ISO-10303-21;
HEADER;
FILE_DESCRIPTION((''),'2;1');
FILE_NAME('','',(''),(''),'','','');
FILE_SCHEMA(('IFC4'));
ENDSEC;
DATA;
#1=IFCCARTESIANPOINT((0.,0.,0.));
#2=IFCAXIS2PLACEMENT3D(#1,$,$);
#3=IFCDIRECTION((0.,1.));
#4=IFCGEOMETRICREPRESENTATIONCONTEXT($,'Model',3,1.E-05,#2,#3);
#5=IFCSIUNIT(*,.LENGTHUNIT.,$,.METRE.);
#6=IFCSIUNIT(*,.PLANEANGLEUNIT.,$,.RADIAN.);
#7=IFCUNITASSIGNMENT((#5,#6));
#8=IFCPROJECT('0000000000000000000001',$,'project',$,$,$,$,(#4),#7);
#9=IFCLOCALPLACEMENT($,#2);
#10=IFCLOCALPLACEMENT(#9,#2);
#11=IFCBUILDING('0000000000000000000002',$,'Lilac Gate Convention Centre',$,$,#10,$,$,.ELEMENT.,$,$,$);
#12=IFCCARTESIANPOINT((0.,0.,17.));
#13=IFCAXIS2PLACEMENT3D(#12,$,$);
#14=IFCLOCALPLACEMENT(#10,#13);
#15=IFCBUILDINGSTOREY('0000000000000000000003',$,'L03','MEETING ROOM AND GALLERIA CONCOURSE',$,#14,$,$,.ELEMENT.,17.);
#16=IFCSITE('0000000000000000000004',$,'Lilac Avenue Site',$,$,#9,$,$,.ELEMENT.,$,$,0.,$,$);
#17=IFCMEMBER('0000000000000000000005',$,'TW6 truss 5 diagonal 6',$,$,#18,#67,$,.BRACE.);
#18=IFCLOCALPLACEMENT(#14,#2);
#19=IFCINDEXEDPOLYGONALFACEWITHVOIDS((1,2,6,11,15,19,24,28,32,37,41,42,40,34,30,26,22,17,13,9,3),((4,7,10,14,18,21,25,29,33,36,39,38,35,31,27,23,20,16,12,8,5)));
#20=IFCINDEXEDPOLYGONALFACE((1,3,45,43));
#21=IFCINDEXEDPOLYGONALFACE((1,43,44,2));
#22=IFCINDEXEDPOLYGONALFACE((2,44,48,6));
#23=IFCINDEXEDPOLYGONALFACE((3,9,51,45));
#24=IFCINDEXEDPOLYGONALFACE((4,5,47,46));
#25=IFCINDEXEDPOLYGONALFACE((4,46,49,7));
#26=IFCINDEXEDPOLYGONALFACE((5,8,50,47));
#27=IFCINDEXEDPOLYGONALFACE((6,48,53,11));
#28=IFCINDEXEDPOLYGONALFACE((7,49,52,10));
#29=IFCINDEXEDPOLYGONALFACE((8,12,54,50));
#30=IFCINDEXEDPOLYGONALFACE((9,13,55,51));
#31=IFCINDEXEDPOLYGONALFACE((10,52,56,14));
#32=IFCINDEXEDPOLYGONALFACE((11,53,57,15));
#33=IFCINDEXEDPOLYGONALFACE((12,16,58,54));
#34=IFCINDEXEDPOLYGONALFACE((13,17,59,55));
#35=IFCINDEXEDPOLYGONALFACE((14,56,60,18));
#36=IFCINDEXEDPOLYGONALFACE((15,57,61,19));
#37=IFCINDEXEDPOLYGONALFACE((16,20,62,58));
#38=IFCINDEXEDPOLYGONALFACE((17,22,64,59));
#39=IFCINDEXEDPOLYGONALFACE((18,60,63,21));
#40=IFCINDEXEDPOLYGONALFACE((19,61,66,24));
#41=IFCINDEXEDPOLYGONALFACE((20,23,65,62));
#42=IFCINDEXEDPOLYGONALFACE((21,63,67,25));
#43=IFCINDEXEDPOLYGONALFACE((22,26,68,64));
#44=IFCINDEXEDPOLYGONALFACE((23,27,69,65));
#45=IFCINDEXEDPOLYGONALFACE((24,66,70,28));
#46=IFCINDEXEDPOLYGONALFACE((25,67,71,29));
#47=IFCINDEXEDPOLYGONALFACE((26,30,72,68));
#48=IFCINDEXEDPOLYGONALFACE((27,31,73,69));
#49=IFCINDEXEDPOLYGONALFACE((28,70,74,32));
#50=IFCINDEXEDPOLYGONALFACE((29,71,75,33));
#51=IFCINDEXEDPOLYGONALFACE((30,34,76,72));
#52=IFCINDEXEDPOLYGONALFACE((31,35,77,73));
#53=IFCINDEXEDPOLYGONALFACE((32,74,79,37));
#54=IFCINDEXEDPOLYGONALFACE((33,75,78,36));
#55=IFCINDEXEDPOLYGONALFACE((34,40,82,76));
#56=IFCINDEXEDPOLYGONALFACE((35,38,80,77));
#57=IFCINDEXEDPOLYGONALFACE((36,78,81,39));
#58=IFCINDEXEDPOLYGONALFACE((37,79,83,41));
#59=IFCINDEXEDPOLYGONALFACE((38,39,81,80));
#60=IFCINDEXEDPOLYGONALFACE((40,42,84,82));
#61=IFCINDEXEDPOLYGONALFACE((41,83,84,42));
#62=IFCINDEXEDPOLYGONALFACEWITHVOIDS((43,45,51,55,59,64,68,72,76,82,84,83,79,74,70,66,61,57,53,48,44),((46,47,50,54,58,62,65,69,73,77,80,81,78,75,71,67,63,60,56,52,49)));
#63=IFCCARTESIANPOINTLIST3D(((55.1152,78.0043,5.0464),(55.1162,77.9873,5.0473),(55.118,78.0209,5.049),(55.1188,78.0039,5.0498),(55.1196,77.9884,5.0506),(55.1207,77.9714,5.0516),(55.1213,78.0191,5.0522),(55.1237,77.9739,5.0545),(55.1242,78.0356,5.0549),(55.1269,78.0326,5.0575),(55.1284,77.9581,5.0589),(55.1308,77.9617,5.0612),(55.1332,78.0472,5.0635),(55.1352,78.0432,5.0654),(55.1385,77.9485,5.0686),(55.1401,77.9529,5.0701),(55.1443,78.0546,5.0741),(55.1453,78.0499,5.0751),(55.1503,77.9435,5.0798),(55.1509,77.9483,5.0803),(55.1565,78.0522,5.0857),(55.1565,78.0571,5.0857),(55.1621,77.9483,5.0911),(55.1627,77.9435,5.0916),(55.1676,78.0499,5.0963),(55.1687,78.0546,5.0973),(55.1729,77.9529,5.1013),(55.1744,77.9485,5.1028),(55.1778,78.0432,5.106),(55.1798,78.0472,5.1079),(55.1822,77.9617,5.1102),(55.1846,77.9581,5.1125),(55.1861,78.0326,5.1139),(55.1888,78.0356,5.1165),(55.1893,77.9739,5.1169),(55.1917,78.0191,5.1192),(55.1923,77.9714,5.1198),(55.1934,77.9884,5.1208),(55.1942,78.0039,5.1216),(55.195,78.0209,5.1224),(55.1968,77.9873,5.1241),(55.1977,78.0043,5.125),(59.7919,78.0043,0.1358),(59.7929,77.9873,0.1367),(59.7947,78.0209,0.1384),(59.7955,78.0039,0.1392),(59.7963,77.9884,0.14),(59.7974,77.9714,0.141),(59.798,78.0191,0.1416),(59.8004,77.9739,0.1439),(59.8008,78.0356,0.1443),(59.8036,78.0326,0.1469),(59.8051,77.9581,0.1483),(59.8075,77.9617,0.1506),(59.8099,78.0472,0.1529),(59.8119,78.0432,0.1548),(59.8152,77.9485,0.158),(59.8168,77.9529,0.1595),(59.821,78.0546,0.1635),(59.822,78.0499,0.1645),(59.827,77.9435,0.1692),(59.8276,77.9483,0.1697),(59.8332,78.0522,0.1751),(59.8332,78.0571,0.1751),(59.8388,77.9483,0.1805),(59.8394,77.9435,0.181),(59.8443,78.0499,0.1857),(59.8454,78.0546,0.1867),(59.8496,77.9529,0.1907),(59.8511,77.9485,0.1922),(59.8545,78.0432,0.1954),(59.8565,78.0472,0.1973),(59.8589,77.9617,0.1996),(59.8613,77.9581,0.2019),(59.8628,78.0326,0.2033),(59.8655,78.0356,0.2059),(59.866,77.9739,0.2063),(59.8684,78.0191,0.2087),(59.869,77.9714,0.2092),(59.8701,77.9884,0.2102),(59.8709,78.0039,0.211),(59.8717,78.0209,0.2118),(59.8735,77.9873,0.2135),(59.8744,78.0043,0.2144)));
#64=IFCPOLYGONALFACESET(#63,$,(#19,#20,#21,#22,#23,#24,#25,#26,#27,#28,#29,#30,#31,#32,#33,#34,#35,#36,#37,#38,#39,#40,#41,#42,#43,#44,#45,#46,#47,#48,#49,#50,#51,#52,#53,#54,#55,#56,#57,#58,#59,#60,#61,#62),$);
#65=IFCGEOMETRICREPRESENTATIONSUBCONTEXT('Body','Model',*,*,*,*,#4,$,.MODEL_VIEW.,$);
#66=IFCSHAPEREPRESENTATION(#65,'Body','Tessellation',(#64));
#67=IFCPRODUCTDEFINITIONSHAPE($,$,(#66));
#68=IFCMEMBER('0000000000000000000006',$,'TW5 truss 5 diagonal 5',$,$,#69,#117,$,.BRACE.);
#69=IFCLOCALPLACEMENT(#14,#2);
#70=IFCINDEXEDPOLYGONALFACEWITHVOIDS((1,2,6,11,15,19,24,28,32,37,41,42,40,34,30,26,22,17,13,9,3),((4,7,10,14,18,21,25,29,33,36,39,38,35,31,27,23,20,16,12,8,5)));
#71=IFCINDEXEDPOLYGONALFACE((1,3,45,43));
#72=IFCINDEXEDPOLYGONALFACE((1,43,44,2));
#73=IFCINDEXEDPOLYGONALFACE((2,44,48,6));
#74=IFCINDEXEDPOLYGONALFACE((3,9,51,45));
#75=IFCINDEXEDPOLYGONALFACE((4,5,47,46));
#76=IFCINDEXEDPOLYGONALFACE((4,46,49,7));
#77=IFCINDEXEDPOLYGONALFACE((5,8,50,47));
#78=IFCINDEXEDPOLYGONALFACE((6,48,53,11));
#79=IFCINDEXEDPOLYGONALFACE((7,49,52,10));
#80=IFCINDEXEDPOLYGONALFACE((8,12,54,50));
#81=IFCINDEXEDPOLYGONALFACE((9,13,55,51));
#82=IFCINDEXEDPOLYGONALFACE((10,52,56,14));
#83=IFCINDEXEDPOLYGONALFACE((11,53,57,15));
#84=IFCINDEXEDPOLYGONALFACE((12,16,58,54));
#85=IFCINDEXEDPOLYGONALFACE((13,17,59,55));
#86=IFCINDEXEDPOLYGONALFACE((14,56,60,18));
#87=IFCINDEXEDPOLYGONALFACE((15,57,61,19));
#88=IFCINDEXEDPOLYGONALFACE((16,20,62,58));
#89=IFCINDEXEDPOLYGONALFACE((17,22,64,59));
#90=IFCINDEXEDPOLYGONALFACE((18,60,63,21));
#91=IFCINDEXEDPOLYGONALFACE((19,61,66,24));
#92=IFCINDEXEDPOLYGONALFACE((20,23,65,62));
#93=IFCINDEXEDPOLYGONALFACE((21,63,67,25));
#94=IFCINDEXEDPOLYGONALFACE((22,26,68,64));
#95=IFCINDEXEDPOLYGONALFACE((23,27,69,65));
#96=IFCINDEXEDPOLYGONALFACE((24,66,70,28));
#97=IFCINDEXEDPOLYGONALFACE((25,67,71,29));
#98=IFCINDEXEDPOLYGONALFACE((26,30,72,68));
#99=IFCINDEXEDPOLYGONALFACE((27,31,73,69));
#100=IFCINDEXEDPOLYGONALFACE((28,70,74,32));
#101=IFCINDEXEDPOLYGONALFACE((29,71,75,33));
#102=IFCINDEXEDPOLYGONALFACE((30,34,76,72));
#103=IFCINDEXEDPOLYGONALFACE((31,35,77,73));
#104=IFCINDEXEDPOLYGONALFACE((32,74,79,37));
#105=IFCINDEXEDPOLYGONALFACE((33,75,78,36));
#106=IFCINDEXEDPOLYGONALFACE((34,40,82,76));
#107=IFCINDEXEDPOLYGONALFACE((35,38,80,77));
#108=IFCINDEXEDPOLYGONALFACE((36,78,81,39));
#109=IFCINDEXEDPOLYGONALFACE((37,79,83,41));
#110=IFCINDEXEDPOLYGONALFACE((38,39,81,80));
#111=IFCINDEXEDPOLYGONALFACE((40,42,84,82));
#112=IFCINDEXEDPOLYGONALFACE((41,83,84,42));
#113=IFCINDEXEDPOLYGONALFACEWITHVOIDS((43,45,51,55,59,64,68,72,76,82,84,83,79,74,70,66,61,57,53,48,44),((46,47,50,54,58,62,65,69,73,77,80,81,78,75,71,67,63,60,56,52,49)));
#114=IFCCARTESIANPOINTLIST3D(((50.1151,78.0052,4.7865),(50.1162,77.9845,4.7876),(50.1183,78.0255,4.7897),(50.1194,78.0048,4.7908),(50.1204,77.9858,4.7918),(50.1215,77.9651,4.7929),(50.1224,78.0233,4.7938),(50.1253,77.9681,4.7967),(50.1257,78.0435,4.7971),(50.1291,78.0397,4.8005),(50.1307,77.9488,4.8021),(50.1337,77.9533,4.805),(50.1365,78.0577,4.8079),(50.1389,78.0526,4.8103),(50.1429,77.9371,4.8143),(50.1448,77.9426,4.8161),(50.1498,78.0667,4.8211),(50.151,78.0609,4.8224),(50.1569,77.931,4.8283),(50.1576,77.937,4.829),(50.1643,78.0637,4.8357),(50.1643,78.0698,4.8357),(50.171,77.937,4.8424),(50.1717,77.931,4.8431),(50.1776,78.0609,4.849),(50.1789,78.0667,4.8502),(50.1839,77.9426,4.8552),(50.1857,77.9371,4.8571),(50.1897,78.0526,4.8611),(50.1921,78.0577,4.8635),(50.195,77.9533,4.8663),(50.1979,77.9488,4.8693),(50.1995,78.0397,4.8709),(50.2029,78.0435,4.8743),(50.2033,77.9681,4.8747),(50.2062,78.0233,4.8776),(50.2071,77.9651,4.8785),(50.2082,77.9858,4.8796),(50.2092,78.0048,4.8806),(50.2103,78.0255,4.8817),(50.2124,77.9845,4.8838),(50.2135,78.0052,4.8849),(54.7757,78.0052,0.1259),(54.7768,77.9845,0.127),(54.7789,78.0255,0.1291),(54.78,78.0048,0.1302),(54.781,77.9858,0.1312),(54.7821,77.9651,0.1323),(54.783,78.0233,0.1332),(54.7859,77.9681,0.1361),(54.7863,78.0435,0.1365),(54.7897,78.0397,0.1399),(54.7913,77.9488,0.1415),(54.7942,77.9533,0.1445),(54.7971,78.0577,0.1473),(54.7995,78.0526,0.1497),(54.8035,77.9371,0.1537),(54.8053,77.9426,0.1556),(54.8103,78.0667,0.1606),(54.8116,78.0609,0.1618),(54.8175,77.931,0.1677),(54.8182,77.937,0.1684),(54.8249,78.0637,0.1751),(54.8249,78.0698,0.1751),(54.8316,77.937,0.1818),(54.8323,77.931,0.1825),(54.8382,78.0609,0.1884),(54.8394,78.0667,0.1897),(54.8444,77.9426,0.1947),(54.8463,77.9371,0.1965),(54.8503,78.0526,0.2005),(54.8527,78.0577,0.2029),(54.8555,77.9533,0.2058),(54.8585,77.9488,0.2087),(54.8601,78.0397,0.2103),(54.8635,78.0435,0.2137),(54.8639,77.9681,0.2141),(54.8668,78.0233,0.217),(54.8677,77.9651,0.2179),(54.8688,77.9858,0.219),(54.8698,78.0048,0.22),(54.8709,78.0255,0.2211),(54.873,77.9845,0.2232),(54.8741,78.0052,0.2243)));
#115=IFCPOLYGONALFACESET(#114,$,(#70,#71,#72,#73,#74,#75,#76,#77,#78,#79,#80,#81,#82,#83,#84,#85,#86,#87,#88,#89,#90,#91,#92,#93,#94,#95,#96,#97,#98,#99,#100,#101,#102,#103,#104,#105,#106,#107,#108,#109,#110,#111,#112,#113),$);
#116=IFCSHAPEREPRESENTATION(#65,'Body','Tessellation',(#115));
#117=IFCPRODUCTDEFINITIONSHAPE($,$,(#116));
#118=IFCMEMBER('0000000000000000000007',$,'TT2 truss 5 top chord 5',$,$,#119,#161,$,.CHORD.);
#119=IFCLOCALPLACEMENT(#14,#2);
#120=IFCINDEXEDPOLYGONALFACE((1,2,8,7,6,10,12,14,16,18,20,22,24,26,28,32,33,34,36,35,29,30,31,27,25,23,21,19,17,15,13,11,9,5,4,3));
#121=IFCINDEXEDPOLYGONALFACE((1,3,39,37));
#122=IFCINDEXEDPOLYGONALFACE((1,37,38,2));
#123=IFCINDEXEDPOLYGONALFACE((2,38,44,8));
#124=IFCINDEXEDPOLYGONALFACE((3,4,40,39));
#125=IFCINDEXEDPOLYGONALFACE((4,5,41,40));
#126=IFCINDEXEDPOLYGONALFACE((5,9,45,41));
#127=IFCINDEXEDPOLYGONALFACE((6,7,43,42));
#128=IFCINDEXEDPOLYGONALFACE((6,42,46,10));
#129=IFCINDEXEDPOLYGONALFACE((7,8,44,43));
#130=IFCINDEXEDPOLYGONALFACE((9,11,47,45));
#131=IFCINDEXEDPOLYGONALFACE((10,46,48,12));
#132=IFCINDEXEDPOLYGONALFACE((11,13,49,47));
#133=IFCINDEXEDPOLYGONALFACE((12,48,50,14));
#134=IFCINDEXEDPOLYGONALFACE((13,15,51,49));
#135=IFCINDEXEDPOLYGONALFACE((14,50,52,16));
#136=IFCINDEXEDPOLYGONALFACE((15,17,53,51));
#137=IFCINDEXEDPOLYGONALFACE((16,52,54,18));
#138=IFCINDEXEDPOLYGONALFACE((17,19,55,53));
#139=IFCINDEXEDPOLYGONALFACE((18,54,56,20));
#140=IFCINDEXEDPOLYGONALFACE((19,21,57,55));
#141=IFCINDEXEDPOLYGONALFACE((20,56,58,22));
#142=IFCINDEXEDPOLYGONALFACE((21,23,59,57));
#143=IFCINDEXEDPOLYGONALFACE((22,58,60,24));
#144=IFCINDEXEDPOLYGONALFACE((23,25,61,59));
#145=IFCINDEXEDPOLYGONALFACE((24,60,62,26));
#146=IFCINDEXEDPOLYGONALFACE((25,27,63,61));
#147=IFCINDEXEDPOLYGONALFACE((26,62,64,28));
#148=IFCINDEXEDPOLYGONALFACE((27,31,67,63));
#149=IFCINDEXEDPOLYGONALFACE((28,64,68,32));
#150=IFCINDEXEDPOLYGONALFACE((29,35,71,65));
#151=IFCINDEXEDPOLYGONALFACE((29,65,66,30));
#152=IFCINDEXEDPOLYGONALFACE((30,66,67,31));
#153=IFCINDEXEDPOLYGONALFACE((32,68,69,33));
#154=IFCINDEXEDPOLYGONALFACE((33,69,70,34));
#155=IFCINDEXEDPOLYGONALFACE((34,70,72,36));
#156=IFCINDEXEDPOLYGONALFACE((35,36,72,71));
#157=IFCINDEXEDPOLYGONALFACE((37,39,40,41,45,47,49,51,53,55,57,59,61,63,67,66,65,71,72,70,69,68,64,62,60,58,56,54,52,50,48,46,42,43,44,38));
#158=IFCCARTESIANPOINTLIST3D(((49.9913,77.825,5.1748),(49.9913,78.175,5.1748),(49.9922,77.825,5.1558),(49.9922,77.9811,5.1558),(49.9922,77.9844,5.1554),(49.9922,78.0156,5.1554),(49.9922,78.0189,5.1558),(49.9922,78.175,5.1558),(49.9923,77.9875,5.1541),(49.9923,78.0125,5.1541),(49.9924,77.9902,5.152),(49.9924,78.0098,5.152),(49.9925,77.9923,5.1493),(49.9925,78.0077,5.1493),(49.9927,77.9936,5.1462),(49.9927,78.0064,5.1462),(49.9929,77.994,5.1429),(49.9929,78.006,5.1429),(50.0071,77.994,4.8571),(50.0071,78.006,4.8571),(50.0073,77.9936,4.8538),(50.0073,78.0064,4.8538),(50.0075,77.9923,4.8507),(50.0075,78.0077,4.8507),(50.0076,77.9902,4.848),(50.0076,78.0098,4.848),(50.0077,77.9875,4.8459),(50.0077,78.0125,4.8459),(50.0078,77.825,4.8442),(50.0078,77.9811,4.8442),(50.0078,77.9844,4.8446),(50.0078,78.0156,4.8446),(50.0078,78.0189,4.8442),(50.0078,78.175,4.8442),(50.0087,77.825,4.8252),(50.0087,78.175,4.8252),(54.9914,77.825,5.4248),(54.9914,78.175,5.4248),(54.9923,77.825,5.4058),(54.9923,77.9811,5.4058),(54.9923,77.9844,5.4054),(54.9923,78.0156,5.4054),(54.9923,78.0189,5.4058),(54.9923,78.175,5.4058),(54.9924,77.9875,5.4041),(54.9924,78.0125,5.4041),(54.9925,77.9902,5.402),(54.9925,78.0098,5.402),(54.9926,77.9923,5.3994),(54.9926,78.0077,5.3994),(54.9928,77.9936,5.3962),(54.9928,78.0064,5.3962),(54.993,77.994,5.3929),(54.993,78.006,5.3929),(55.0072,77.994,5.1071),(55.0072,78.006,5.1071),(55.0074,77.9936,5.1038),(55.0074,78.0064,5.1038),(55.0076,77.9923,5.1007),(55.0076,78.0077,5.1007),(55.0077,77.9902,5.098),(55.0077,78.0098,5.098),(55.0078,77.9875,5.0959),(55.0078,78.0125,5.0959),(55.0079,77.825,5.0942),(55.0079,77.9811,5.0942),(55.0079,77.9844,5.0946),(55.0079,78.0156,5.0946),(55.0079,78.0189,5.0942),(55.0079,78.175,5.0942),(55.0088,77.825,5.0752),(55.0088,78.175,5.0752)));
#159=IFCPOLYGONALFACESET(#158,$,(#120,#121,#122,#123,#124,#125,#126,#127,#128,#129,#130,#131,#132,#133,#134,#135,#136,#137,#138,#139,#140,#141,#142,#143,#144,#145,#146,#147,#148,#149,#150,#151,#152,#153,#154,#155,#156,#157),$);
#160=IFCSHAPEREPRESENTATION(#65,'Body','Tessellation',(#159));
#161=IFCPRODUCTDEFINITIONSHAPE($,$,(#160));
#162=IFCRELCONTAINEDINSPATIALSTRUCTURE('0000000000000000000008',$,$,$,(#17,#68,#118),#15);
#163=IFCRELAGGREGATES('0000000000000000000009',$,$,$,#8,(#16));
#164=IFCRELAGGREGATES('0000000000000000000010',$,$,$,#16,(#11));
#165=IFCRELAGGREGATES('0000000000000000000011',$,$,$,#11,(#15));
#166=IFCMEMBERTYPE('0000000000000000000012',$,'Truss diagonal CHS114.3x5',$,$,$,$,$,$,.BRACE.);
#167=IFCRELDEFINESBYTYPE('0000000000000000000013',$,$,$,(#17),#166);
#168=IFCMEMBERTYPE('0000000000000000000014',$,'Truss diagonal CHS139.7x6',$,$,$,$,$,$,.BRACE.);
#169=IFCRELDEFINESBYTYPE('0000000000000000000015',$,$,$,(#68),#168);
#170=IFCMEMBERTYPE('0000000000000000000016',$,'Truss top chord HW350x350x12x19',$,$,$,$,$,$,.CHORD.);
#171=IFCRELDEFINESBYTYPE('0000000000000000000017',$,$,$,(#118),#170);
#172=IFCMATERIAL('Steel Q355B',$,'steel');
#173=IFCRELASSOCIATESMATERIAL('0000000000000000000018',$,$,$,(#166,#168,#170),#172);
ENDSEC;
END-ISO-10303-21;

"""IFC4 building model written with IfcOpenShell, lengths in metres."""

from ifc_helpers import new_model, si_unit, direction, frame, origin, origin_2d, place, context, subcontext, project, spatial, hollow_circle, i_section, extrude, material, material_profile, profile_set, type_object, element, save


model = new_model("IFC4")

# Units and contexts
model_context = context("Model", 3, precision=1e-05, world=origin(), true_north=direction((0.0, 1.0)))
body_context = subcontext(model_context, "Body", "Model", "MODEL_VIEW")
ifc_project = project(units=[si_unit("LENGTHUNIT", "METRE"), si_unit("PLANEANGLEUNIT", "RADIAN")], contexts=[model_context])

# Site, building, storey
site_placement = place(None, origin())
site = spatial("IfcSite", under=ifc_project, at=site_placement, Name="Lilac Avenue Site", CompositionType="ELEMENT", RefElevation=0.0)
building_placement = place(site_placement, origin())
building = spatial("IfcBuilding", under=site, at=building_placement, Name="Lilac Gate Convention Centre", CompositionType="ELEMENT")
storey_placement = place(building_placement, frame((0.0, 0.0, 17.0)))
storey = spatial("IfcBuildingStorey", under=building, at=storey_placement, Name="L03", Description="MEETING ROOM AND GALLERIA CONCOURSE", CompositionType="ELEMENT", Elevation=17.0)

# Members
ifc_material = material(Name="Steel Q355B", Category="steel")
ifc_material_profile_1 = material_profile(ifc_material, hollow_circle(Radius=0.0571, WallThickness=0.0049, at=origin_2d()), Name="CHS114.3x5")
ifc_profile_set_1 = profile_set([ifc_material_profile_1], Name="Steel Q355B")
member_type_1 = type_object("IfcMemberType", Name="Truss diagonal CHS114.3x5", PredefinedType="BRACE", material=ifc_profile_set_1)
for number, where, z_axis, x_axis, name in (
    (1, (55.1565, 78.0, 5.0857), (0.689652, 0.0, -0.724141), (0.0, 1.0, 0.0), "TW6 truss 5 diagonal 6"),
):
    element("IfcMember", number, at=place(storey_placement, frame(where, z_axis=z_axis, x_axis=x_axis)), inside=storey, type_object=member_type_1, Name=name, PredefinedType="BRACE", context=body_context, shape_type="SweptSolid", body=[
        extrude(hollow_circle(Radius=0.0571, WallThickness=0.0049, at=origin_2d()), origin(), (0.0, 0.0, 1.0), 6.7812),
    ])
ifc_material_profile_2 = material_profile(ifc_material, hollow_circle(Radius=0.0698, WallThickness=0.0061, at=origin_2d()), Name="CHS139.7x6")
ifc_profile_set_2 = profile_set([ifc_material_profile_2], Name="Steel Q355B")
member_type_2 = type_object("IfcMemberType", Name="Truss diagonal CHS139.7x6", PredefinedType="BRACE", material=ifc_profile_set_2)
member_1_placement = place(storey_placement, frame((50.1643, 78.0, 4.8357), z_axis=(0.707107, 0.0, -0.707107), x_axis=(0.0, 1.0, 0.0)))
element("IfcMember", 2, at=member_1_placement, inside=storey, type_object=member_type_2, Name="TW5 truss 5 diagonal 5", PredefinedType="BRACE", context=body_context, shape_type="SweptSolid", body=[
    extrude(hollow_circle(Radius=0.0698, WallThickness=0.0061, at=origin_2d()), origin(), (0.0, 0.0, 1.0), 6.5911),
])
ifc_material_profile_3 = material_profile(ifc_material, i_section(OverallWidth=0.3501, OverallDepth=0.3501, WebThickness=0.012, FlangeThickness=0.019, FilletRadius=0.0129, at=origin_2d()), Name="HW350x350x12x19")
ifc_profile_set_3 = profile_set([ifc_material_profile_3], Name="Steel Q355B")
member_type_3 = type_object("IfcMemberType", Name="Truss top chord HW350x350x12x19", PredefinedType="CHORD", material=ifc_profile_set_3)
member_2_placement = place(storey_placement, frame((50.0, 78.0, 5.0), z_axis=(0.998752, 0.0, 0.049938), x_axis=(0.0, 1.0, 0.0)))
element("IfcMember", 3, at=member_2_placement, inside=storey, type_object=member_type_3, Name="TT2 truss 5 top chord 5", PredefinedType="CHORD", context=body_context, shape_type="SweptSolid", body=[
    extrude(i_section(OverallWidth=0.3501, OverallDepth=0.3501, WebThickness=0.012, FlangeThickness=0.019, FilletRadius=0.0129, at=origin_2d()), origin(), (0.0, 0.0, 1.0), 5.0063),
])

save(model, "model.ifc")
